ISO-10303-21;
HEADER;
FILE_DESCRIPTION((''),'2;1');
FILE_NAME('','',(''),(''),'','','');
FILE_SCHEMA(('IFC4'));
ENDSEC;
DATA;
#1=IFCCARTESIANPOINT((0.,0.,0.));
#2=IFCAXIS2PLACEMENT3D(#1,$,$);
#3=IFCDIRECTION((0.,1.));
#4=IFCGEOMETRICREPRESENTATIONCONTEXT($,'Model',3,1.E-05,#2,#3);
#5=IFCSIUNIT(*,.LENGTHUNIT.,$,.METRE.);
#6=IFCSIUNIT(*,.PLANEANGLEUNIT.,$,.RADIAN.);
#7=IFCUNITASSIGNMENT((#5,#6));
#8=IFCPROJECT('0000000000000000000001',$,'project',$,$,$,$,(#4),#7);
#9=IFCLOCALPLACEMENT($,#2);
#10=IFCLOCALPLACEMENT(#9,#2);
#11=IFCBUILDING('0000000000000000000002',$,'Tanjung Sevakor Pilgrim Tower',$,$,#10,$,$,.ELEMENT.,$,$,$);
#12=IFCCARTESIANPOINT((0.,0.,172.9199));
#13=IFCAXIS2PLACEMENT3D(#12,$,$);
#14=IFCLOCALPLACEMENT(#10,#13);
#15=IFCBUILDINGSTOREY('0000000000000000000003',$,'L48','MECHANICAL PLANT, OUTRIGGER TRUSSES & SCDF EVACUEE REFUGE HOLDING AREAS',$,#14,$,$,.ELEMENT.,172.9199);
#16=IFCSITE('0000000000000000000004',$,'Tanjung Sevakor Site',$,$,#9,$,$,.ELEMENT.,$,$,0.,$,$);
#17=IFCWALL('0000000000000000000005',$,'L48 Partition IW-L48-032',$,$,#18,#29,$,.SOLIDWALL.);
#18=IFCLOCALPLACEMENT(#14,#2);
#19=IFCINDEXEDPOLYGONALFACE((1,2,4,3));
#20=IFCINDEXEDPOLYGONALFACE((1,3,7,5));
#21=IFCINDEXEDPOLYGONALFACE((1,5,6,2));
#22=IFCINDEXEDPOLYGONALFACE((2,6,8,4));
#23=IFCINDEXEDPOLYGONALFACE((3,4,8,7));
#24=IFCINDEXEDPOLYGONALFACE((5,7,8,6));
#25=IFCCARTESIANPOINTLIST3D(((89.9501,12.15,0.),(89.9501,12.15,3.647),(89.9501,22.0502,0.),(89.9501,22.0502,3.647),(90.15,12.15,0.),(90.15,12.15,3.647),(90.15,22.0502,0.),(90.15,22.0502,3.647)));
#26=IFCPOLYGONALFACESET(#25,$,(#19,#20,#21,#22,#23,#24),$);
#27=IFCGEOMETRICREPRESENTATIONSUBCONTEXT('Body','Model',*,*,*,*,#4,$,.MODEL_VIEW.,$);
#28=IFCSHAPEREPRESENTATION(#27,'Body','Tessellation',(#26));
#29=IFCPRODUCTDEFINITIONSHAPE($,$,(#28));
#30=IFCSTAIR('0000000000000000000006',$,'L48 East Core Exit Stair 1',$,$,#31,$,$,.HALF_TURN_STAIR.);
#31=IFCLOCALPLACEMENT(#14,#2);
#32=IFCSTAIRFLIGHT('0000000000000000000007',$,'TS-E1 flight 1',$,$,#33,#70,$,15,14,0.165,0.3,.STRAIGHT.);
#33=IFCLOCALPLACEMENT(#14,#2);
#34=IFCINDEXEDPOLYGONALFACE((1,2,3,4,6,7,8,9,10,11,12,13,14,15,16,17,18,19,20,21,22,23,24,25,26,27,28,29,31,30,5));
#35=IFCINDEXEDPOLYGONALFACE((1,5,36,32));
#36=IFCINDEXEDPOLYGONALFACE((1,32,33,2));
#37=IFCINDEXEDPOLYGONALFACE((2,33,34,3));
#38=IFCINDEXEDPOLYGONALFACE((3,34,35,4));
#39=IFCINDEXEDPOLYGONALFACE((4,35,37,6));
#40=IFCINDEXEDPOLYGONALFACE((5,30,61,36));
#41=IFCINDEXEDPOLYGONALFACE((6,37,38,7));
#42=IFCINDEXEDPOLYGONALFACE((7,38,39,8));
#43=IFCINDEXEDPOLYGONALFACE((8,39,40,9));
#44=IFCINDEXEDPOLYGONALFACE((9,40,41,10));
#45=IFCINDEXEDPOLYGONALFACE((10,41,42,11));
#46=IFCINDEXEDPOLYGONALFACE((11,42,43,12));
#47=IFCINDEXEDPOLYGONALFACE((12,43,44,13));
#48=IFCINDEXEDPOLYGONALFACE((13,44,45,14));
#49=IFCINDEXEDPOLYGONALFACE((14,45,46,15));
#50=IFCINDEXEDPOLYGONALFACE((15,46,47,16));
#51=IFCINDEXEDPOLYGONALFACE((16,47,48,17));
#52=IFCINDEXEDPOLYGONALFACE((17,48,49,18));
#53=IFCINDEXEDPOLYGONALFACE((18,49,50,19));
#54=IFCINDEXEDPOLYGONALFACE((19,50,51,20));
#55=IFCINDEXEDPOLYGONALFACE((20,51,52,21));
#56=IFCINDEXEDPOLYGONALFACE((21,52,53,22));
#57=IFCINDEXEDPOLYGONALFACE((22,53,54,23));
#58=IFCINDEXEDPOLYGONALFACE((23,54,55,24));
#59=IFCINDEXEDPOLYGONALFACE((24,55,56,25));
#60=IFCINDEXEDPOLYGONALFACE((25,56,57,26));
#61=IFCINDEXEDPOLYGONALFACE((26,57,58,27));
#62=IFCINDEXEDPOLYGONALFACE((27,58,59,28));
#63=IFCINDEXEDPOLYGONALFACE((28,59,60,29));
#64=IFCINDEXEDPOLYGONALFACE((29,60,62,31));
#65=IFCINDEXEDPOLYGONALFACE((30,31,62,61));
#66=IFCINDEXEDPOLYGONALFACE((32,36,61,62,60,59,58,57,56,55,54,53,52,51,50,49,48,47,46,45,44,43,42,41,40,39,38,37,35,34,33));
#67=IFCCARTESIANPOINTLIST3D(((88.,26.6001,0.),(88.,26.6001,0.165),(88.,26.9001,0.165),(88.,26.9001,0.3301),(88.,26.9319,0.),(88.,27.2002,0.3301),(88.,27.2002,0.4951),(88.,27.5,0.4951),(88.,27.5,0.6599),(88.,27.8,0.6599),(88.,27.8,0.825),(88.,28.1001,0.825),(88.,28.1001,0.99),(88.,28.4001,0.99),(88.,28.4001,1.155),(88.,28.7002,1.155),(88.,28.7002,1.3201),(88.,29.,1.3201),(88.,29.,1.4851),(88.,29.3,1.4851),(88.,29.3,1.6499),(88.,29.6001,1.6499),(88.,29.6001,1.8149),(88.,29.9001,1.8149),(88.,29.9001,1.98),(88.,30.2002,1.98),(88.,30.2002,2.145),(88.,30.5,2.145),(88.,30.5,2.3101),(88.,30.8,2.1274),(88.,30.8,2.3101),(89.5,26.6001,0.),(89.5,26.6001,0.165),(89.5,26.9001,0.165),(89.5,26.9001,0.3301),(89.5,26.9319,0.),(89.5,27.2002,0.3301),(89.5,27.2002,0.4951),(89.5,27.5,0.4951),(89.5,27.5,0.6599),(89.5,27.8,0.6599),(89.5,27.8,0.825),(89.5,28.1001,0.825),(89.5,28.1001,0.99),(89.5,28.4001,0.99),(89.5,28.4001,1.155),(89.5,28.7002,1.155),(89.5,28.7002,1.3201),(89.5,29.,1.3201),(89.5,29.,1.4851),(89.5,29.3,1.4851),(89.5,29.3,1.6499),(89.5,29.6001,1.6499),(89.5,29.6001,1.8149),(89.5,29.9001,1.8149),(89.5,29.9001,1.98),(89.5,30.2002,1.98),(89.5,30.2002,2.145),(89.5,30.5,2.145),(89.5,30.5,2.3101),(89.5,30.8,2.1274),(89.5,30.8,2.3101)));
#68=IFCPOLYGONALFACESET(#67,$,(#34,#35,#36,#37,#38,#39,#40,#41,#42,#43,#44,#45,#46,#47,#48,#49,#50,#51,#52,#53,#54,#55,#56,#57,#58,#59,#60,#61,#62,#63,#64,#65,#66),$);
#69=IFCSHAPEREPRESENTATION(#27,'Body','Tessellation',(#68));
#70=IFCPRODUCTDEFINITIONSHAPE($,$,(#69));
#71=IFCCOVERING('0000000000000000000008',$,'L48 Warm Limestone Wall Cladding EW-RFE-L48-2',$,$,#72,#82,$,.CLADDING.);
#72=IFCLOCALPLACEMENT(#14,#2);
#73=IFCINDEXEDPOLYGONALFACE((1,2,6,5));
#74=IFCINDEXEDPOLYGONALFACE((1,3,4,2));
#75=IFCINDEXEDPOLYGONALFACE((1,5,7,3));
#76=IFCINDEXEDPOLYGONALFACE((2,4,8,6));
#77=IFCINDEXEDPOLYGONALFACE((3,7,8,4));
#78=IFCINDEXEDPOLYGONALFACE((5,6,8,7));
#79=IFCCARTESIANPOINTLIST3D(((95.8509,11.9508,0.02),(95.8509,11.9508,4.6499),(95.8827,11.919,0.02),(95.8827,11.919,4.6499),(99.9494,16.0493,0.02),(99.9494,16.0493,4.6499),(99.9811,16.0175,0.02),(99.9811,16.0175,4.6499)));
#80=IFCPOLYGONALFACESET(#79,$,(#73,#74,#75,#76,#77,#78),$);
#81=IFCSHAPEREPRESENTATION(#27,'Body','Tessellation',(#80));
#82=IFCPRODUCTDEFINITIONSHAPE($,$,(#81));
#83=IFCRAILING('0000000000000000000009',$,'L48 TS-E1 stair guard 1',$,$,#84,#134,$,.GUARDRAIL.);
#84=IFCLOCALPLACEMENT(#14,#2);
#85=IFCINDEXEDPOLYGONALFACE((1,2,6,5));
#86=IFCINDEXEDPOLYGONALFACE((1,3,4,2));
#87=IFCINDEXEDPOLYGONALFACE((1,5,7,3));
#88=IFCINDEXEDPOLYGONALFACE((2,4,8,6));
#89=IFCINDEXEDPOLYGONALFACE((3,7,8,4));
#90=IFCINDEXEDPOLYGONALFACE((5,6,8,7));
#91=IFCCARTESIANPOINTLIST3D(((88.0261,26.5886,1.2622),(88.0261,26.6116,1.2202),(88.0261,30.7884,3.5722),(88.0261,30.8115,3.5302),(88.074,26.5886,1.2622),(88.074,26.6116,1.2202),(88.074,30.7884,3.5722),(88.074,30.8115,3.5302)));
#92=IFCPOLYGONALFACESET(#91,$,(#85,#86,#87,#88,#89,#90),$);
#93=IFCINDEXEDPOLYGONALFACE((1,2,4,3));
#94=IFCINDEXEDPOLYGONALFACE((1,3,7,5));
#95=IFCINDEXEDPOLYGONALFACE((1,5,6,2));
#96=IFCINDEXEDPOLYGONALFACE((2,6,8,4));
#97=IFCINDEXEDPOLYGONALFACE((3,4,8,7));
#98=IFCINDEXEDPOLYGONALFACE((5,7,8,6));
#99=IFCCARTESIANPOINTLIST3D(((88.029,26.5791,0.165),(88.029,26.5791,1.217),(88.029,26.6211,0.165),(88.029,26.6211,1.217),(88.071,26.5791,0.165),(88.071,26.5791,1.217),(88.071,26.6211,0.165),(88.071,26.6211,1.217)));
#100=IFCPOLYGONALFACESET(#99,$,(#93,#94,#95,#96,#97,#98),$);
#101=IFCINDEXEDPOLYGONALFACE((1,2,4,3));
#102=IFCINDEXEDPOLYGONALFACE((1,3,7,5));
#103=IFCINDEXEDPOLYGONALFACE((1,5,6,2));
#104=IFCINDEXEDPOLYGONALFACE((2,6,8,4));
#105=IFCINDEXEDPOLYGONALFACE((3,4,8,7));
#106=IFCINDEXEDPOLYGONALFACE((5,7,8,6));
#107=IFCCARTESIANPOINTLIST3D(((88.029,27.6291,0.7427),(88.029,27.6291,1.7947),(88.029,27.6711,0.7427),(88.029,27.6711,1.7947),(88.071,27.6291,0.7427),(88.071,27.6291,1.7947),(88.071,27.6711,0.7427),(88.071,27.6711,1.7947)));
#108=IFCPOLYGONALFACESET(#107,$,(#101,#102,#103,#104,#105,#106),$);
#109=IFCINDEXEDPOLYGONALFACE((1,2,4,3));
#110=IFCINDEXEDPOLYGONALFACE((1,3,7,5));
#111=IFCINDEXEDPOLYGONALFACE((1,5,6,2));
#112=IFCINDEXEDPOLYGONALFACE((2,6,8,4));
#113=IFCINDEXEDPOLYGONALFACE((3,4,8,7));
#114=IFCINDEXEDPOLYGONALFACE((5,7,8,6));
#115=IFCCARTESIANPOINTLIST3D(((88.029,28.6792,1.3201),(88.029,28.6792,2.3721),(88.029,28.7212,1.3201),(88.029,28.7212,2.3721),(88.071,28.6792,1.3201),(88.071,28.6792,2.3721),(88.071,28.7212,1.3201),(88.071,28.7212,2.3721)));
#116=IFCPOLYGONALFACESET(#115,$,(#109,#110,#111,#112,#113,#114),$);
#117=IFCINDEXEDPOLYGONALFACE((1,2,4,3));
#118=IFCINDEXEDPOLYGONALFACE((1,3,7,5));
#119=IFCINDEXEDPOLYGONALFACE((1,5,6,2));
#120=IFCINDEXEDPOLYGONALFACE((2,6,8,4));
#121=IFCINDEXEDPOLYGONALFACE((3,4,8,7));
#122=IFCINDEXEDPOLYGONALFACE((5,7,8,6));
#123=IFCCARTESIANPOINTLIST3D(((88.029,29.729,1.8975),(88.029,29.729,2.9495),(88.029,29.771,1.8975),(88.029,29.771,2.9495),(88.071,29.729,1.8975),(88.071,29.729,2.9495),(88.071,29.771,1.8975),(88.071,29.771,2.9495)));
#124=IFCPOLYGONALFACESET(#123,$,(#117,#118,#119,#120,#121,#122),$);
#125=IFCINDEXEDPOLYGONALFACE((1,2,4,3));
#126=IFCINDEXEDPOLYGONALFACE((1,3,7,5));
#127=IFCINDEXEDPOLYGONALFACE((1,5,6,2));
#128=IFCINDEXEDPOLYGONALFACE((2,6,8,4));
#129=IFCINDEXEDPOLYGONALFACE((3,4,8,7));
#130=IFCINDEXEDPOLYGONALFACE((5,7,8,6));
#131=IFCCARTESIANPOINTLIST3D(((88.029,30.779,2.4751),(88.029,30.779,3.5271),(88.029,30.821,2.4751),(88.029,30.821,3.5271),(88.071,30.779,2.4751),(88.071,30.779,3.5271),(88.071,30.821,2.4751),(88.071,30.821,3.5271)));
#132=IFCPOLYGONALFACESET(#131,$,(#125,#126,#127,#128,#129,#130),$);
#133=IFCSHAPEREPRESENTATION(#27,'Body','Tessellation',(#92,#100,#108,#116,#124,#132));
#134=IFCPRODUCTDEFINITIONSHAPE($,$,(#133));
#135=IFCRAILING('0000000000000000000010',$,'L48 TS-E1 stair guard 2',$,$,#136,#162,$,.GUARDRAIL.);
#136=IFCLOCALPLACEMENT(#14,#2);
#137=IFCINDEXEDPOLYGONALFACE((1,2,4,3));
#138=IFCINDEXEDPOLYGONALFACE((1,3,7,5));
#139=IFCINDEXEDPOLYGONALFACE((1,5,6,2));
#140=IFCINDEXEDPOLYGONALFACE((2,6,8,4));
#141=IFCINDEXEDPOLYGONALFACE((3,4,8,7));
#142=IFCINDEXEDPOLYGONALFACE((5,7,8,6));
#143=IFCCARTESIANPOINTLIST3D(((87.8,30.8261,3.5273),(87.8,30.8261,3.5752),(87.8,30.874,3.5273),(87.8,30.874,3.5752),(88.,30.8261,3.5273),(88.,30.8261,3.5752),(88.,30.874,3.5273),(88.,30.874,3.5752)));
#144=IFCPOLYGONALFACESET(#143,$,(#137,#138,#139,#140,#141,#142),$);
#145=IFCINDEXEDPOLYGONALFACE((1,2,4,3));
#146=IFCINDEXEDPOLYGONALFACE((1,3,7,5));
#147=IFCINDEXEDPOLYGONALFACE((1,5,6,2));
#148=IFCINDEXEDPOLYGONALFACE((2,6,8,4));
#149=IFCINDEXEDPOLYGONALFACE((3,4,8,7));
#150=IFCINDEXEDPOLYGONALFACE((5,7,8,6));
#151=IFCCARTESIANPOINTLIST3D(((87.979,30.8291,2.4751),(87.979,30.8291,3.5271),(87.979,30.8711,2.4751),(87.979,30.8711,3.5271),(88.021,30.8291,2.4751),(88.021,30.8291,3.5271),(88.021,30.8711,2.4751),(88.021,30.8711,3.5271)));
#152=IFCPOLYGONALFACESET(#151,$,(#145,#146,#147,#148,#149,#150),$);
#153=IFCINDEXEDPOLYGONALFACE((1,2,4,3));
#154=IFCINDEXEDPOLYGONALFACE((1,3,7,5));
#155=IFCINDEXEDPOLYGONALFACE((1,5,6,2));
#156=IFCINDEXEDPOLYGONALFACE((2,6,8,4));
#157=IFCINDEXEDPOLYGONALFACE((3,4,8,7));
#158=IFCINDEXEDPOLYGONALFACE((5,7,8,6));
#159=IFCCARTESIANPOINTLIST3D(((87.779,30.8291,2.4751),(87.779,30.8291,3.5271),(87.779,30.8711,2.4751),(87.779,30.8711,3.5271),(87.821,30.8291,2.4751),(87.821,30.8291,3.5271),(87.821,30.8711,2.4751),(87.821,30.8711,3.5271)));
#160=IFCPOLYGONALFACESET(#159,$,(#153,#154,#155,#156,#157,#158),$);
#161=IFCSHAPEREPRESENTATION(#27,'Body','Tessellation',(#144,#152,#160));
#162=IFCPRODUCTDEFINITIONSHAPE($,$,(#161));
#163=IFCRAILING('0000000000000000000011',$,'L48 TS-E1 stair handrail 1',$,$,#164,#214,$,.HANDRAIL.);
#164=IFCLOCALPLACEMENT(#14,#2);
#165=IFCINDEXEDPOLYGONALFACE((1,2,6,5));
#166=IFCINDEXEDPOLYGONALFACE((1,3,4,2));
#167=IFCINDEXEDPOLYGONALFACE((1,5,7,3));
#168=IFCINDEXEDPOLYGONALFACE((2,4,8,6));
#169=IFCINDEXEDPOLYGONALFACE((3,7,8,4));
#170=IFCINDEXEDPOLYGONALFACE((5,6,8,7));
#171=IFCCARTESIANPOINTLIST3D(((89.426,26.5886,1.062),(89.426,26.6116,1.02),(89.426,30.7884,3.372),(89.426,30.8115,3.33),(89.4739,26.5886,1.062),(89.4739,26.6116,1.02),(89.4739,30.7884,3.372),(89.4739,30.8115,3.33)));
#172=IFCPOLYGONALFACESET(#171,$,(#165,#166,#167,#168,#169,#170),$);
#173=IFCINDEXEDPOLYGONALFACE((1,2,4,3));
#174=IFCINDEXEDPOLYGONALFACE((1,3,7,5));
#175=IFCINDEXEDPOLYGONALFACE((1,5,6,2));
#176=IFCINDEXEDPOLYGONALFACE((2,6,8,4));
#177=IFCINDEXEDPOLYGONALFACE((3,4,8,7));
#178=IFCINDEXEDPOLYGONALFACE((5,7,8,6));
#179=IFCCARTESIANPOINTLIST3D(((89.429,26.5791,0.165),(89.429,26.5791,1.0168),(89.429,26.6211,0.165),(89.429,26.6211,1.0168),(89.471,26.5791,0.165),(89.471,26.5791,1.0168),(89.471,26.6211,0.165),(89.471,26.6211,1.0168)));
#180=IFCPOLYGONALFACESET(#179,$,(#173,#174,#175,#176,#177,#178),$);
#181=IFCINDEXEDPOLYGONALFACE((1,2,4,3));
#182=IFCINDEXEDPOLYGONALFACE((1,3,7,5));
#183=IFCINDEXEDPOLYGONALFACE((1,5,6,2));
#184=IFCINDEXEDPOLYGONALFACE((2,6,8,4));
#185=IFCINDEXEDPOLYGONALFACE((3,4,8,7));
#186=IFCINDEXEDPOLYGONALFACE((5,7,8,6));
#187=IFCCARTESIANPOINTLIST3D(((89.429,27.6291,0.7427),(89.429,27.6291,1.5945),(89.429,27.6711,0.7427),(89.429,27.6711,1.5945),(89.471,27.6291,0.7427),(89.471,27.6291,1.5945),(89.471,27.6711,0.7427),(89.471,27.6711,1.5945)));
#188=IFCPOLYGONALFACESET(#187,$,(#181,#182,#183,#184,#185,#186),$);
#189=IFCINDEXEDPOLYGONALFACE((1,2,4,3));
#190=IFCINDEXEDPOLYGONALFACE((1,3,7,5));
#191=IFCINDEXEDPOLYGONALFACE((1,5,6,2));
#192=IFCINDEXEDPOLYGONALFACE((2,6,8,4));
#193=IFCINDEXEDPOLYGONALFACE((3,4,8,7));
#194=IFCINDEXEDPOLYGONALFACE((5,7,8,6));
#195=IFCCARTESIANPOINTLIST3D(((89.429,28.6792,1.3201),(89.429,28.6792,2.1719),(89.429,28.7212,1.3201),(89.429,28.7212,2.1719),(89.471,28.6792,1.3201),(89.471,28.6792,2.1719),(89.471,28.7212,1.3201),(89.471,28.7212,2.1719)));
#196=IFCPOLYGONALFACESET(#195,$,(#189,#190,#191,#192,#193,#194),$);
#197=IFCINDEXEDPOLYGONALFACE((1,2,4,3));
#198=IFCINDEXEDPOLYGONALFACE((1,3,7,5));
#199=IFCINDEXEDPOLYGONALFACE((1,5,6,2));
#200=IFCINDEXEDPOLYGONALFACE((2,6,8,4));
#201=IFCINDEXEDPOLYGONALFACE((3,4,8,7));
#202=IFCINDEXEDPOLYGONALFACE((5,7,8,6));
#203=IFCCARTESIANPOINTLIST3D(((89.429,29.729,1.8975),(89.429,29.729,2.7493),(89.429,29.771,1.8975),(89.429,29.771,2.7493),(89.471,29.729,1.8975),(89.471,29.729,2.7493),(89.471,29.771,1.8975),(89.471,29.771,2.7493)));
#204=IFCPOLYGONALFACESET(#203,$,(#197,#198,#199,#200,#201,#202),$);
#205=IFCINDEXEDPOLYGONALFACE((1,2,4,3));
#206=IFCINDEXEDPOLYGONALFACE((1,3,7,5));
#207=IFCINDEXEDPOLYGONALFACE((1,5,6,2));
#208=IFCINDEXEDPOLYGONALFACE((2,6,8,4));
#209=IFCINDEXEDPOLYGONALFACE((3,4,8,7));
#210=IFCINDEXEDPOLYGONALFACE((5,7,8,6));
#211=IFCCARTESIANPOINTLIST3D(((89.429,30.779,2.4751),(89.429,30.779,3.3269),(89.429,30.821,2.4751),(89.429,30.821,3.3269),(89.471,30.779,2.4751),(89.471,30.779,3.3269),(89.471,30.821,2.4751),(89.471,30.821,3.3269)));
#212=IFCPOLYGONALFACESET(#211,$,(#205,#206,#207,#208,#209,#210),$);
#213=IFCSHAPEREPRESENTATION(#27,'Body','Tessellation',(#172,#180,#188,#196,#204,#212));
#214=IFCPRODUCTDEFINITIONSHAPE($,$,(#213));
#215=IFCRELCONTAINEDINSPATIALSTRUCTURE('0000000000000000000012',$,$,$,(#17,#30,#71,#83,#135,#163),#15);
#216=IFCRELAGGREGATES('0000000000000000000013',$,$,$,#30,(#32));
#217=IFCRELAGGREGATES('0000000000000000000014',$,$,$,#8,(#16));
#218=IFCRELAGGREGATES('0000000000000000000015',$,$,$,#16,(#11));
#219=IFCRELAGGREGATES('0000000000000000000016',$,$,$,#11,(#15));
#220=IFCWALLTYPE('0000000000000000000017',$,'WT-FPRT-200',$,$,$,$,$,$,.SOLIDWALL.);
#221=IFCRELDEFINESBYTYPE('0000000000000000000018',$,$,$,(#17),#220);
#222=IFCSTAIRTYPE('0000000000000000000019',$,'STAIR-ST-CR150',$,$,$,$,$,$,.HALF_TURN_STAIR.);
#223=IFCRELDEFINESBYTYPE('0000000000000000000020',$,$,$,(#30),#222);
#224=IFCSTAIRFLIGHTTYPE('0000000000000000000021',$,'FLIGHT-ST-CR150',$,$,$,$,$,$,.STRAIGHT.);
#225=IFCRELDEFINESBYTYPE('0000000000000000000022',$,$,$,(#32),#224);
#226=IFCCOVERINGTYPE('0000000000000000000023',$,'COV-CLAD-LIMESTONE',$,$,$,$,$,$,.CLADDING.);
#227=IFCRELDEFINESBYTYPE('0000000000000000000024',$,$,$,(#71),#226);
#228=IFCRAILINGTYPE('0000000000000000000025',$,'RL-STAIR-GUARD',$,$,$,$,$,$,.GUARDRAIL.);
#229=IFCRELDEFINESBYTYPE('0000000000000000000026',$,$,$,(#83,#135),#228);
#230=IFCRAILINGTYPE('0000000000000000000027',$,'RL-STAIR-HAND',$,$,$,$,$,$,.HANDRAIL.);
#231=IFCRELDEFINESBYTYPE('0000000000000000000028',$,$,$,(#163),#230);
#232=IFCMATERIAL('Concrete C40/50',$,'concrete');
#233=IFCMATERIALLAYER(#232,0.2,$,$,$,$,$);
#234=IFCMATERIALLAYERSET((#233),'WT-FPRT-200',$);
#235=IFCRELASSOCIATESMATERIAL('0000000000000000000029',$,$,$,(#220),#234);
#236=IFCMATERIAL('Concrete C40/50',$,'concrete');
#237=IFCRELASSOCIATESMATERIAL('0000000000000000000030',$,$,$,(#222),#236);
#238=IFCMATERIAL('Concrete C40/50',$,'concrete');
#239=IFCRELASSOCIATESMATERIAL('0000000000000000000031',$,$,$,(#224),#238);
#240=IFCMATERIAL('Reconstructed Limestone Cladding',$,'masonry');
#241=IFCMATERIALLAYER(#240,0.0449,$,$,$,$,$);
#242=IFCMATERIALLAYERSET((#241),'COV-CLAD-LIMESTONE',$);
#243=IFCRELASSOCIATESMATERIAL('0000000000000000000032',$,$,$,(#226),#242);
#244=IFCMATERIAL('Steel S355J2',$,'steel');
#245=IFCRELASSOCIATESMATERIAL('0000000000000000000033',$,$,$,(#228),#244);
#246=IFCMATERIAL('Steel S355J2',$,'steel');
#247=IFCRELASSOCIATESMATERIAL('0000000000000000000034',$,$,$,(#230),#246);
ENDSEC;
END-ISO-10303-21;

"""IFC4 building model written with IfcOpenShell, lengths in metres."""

from ifc_helpers import new_model, si_unit, direction, frame, frame_2d, origin, origin_2d, place, context, subcontext, project, spatial, polyline, rectangle, outline, extrude, material, layer, layer_set, type_object, element, aggregate, save


model = new_model("IFC4")

# Units and contexts
model_context = context("Model", 3, precision=1e-05, world=origin(), true_north=direction((0.0, 1.0)))
body_context = subcontext(model_context, "Body", "Model", "MODEL_VIEW")
ifc_project = project(units=[si_unit("LENGTHUNIT", "METRE"), si_unit("PLANEANGLEUNIT", "RADIAN")], contexts=[model_context])

# Site, building, storey
site_placement = place(None, origin())
site = spatial("IfcSite", under=ifc_project, at=site_placement, Name="Tanjung Sevakor Site", CompositionType="ELEMENT", RefElevation=0.0)
building_placement = place(site_placement, origin())
building = spatial("IfcBuilding", under=site, at=building_placement, Name="Tanjung Sevakor Pilgrim Tower", CompositionType="ELEMENT")
storey_placement = place(building_placement, frame((0.0, 0.0, 172.9199)))
storey = spatial("IfcBuildingStorey", under=building, at=storey_placement, Name="L48", Description="MECHANICAL PLANT, OUTRIGGER TRUSSES & SCDF EVACUEE REFUGE HOLDING AREAS", CompositionType="ELEMENT", Elevation=172.9199)

# Wall
ifc_material_1 = material(Name="Concrete C40/50", Category="concrete")
ifc_layer_1 = layer(ifc_material_1, 0.2)
ifc_layer_set_1 = layer_set([ifc_layer_1], Name="WT-FPRT-200")
wall_type_1 = type_object("IfcWallType", Name="WT-FPRT-200", PredefinedType="SOLIDWALL", material=ifc_layer_set_1)
wall_1_placement = place(storey_placement, frame((90.05, 12.1499, 0.0), z_axis=(0.0, 0.0, 1.0), x_axis=(0.0, 1.0, 0.0)))
element("IfcWall", 1, at=wall_1_placement, inside=storey, type_object=wall_type_1, Name="L48 Partition IW-L48-032", PredefinedType="SOLIDWALL", context=body_context, shape_type="SweptSolid", body=[
    extrude(rectangle(XDim=9.9001, YDim=0.2, at=frame_2d((4.9502, 0.0))), origin(), (0.0, 0.0, 1.0), 3.647),
])

# Stair, stair flight
ifc_material_2 = material(Name="Concrete C40/50", Category="concrete")
stair_type = type_object("IfcStairType", Name="STAIR-ST-CR150", PredefinedType="HALF_TURN_STAIR", material=ifc_material_2)
stair_placement = place(storey_placement, origin())
stair = element("IfcStair", 2, at=stair_placement, inside=storey, type_object=stair_type, Name="L48 East Core Exit Stair 1", PredefinedType="HALF_TURN_STAIR")
ifc_material_3 = material(Name="Concrete C40/50", Category="concrete")
stair_flight_type = type_object("IfcStairFlightType", Name="FLIGHT-ST-CR150", PredefinedType="STRAIGHT", material=ifc_material_3)
stair_flight_placement = place(storey_placement, frame((88.75, 26.6001, 0.0), z_axis=(0.0, 0.0, 1.0), x_axis=(0.0, 1.0, 0.0)))
stair_flight = element("IfcStairFlight", 3, at=stair_flight_placement, type_object=stair_flight_type, Name="TS-E1 flight 1", NumberOfRisers=15, NumberOfTreads=14, PredefinedType="STRAIGHT", RiserHeight=0.165, TreadLength=0.3, context=body_context, shape_type="SweptSolid", body=[
    extrude(outline(polyline([(0.0, 0.0), (0.0, 0.165), (0.3, 0.165), (0.3, 0.3301), (0.6001, 0.3301), (0.6001, 0.4951), (0.8999, 0.4951), (0.8999, 0.6599), (1.2, 0.6599), (1.2, 0.825), (1.5, 0.825), (1.5, 0.99), (1.8, 0.99), (1.8, 1.155), (2.1001, 1.155), (2.1001, 1.3201), (2.3999, 1.3201), (2.3999, 1.4851), (2.7, 1.4851), (2.7, 1.6499), (3.0, 1.6499), (3.0, 1.8149), (3.3, 1.8149), (3.3, 1.98), (3.6001, 1.98), (3.6001, 2.145), (3.8999, 2.145), (3.8999, 2.3101), (4.2, 2.3101), (4.2, 2.4751), (4.2, 2.1274), (0.3318, 0.0), (0.0, 0.0)])), frame((0.0, 0.75, 0.0), z_axis=(0.0, -1.0, 0.0), x_axis=(1.0, 0.0, 0.0)), (0.0, 0.0, 1.0), 1.5),
])
aggregate(stair, [stair_flight])

# Covering
ifc_material_4 = material(Name="Reconstructed Limestone Cladding", Category="masonry")
ifc_layer_2 = layer(ifc_material_4, 0.0449)
ifc_layer_set_2 = layer_set([ifc_layer_2], Name="COV-CLAD-LIMESTONE")
covering_type = type_object("IfcCoveringType", Name="COV-CLAD-LIMESTONE", PredefinedType="CLADDING", material=ifc_layer_set_2)
covering_placement = place(storey_placement, frame((97.916, 13.9841, 0.02), z_axis=(0.0, 0.0, 1.0), x_axis=(0.707107, 0.707107, 0.0)))
element("IfcCovering", 4, at=covering_placement, inside=storey, type_object=covering_type, Name="L48 Warm Limestone Wall Cladding EW-RFE-L48-2", PredefinedType="CLADDING", context=body_context, shape_type="SweptSolid", body=[
    extrude(rectangle(XDim=5.7961, YDim=0.0449, at=origin_2d()), origin(), (0.0, 0.0, 1.0), 4.6299),
])

# Railings
ifc_material_5 = material(Name="Steel S355J2", Category="steel")
railing_type_1 = type_object("IfcRailingType", Name="RL-STAIR-GUARD", PredefinedType="GUARDRAIL", material=ifc_material_5)
railing_1_placement = place(storey_placement, frame((88.05, 26.6001, 0.165)))
element("IfcRailing", 5, at=railing_1_placement, inside=storey, type_object=railing_type_1, Name="L48 TS-E1 stair guard 1", PredefinedType="GUARDRAIL", context=body_context, shape_type="SweptSolid", body=[
    extrude(rectangle(XDim=0.0479, YDim=0.0479), frame((0.0, 0.0, 1.0762), z_axis=(0.0, 0.876208, 0.481932), x_axis=(-1.0, 0.0, 0.0)), (0.0, 0.0, 1.0), 4.7932),
    extrude(rectangle(XDim=0.042, YDim=0.042), origin(), (0.0, 0.0, 1.0), 1.052),
    extrude(rectangle(XDim=0.042, YDim=0.042), frame((0.0, 1.05, 0.5776)), (0.0, 0.0, 1.0), 1.052),
    extrude(rectangle(XDim=0.042, YDim=0.042), frame((0.0, 2.1001, 1.155)), (0.0, 0.0, 1.0), 1.052),
    extrude(rectangle(XDim=0.042, YDim=0.042), frame((0.0, 3.1499, 1.7324)), (0.0, 0.0, 1.0), 1.052),
    extrude(rectangle(XDim=0.042, YDim=0.042), frame((0.0, 4.2, 2.3101)), (0.0, 0.0, 1.0), 1.052),
])
railing_2_placement = place(storey_placement, frame((88.0, 30.8501, 2.4751)))
element("IfcRailing", 6, at=railing_2_placement, inside=storey, type_object=railing_type_1, Name="L48 TS-E1 stair guard 2", PredefinedType="GUARDRAIL", context=body_context, shape_type="SweptSolid", body=[
    extrude(rectangle(XDim=0.0479, YDim=0.0479), frame((0.0, 0.0, 1.0762), z_axis=(-1.0, 0.0, 0.0), x_axis=(0.0, -1.0, 0.0)), (0.0, 0.0, 1.0), 0.2),
    extrude(rectangle(XDim=0.042, YDim=0.042), origin(), (0.0, 0.0, 1.0), 1.052),
    extrude(rectangle(XDim=0.042, YDim=0.042), frame((-0.2, 0.0, 0.0)), (0.0, 0.0, 1.0), 1.052),
])
ifc_material_6 = material(Name="Steel S355J2", Category="steel")
railing_type_2 = type_object("IfcRailingType", Name="RL-STAIR-HAND", PredefinedType="HANDRAIL", material=ifc_material_6)
railing_3_placement = place(storey_placement, frame((89.45, 26.6001, 0.165)))
element("IfcRailing", 7, at=railing_3_placement, inside=storey, type_object=railing_type_2, Name="L48 TS-E1 stair handrail 1", PredefinedType="HANDRAIL", context=body_context, shape_type="SweptSolid", body=[
    extrude(rectangle(XDim=0.0479, YDim=0.0479), frame((0.0, 0.0, 0.876), z_axis=(0.0, 0.876208, 0.481932), x_axis=(-1.0, 0.0, 0.0)), (0.0, 0.0, 1.0), 4.7932),
    extrude(rectangle(XDim=0.042, YDim=0.042), origin(), (0.0, 0.0, 1.0), 0.8518),
    extrude(rectangle(XDim=0.042, YDim=0.042), frame((0.0, 1.05, 0.5776)), (0.0, 0.0, 1.0), 0.8518),
    extrude(rectangle(XDim=0.042, YDim=0.042), frame((0.0, 2.1001, 1.155)), (0.0, 0.0, 1.0), 0.8518),
    extrude(rectangle(XDim=0.042, YDim=0.042), frame((0.0, 3.1499, 1.7324)), (0.0, 0.0, 1.0), 0.8518),
    extrude(rectangle(XDim=0.042, YDim=0.042), frame((0.0, 4.2, 2.3101)), (0.0, 0.0, 1.0), 0.8518),
])

save(model, "model.ifc")
